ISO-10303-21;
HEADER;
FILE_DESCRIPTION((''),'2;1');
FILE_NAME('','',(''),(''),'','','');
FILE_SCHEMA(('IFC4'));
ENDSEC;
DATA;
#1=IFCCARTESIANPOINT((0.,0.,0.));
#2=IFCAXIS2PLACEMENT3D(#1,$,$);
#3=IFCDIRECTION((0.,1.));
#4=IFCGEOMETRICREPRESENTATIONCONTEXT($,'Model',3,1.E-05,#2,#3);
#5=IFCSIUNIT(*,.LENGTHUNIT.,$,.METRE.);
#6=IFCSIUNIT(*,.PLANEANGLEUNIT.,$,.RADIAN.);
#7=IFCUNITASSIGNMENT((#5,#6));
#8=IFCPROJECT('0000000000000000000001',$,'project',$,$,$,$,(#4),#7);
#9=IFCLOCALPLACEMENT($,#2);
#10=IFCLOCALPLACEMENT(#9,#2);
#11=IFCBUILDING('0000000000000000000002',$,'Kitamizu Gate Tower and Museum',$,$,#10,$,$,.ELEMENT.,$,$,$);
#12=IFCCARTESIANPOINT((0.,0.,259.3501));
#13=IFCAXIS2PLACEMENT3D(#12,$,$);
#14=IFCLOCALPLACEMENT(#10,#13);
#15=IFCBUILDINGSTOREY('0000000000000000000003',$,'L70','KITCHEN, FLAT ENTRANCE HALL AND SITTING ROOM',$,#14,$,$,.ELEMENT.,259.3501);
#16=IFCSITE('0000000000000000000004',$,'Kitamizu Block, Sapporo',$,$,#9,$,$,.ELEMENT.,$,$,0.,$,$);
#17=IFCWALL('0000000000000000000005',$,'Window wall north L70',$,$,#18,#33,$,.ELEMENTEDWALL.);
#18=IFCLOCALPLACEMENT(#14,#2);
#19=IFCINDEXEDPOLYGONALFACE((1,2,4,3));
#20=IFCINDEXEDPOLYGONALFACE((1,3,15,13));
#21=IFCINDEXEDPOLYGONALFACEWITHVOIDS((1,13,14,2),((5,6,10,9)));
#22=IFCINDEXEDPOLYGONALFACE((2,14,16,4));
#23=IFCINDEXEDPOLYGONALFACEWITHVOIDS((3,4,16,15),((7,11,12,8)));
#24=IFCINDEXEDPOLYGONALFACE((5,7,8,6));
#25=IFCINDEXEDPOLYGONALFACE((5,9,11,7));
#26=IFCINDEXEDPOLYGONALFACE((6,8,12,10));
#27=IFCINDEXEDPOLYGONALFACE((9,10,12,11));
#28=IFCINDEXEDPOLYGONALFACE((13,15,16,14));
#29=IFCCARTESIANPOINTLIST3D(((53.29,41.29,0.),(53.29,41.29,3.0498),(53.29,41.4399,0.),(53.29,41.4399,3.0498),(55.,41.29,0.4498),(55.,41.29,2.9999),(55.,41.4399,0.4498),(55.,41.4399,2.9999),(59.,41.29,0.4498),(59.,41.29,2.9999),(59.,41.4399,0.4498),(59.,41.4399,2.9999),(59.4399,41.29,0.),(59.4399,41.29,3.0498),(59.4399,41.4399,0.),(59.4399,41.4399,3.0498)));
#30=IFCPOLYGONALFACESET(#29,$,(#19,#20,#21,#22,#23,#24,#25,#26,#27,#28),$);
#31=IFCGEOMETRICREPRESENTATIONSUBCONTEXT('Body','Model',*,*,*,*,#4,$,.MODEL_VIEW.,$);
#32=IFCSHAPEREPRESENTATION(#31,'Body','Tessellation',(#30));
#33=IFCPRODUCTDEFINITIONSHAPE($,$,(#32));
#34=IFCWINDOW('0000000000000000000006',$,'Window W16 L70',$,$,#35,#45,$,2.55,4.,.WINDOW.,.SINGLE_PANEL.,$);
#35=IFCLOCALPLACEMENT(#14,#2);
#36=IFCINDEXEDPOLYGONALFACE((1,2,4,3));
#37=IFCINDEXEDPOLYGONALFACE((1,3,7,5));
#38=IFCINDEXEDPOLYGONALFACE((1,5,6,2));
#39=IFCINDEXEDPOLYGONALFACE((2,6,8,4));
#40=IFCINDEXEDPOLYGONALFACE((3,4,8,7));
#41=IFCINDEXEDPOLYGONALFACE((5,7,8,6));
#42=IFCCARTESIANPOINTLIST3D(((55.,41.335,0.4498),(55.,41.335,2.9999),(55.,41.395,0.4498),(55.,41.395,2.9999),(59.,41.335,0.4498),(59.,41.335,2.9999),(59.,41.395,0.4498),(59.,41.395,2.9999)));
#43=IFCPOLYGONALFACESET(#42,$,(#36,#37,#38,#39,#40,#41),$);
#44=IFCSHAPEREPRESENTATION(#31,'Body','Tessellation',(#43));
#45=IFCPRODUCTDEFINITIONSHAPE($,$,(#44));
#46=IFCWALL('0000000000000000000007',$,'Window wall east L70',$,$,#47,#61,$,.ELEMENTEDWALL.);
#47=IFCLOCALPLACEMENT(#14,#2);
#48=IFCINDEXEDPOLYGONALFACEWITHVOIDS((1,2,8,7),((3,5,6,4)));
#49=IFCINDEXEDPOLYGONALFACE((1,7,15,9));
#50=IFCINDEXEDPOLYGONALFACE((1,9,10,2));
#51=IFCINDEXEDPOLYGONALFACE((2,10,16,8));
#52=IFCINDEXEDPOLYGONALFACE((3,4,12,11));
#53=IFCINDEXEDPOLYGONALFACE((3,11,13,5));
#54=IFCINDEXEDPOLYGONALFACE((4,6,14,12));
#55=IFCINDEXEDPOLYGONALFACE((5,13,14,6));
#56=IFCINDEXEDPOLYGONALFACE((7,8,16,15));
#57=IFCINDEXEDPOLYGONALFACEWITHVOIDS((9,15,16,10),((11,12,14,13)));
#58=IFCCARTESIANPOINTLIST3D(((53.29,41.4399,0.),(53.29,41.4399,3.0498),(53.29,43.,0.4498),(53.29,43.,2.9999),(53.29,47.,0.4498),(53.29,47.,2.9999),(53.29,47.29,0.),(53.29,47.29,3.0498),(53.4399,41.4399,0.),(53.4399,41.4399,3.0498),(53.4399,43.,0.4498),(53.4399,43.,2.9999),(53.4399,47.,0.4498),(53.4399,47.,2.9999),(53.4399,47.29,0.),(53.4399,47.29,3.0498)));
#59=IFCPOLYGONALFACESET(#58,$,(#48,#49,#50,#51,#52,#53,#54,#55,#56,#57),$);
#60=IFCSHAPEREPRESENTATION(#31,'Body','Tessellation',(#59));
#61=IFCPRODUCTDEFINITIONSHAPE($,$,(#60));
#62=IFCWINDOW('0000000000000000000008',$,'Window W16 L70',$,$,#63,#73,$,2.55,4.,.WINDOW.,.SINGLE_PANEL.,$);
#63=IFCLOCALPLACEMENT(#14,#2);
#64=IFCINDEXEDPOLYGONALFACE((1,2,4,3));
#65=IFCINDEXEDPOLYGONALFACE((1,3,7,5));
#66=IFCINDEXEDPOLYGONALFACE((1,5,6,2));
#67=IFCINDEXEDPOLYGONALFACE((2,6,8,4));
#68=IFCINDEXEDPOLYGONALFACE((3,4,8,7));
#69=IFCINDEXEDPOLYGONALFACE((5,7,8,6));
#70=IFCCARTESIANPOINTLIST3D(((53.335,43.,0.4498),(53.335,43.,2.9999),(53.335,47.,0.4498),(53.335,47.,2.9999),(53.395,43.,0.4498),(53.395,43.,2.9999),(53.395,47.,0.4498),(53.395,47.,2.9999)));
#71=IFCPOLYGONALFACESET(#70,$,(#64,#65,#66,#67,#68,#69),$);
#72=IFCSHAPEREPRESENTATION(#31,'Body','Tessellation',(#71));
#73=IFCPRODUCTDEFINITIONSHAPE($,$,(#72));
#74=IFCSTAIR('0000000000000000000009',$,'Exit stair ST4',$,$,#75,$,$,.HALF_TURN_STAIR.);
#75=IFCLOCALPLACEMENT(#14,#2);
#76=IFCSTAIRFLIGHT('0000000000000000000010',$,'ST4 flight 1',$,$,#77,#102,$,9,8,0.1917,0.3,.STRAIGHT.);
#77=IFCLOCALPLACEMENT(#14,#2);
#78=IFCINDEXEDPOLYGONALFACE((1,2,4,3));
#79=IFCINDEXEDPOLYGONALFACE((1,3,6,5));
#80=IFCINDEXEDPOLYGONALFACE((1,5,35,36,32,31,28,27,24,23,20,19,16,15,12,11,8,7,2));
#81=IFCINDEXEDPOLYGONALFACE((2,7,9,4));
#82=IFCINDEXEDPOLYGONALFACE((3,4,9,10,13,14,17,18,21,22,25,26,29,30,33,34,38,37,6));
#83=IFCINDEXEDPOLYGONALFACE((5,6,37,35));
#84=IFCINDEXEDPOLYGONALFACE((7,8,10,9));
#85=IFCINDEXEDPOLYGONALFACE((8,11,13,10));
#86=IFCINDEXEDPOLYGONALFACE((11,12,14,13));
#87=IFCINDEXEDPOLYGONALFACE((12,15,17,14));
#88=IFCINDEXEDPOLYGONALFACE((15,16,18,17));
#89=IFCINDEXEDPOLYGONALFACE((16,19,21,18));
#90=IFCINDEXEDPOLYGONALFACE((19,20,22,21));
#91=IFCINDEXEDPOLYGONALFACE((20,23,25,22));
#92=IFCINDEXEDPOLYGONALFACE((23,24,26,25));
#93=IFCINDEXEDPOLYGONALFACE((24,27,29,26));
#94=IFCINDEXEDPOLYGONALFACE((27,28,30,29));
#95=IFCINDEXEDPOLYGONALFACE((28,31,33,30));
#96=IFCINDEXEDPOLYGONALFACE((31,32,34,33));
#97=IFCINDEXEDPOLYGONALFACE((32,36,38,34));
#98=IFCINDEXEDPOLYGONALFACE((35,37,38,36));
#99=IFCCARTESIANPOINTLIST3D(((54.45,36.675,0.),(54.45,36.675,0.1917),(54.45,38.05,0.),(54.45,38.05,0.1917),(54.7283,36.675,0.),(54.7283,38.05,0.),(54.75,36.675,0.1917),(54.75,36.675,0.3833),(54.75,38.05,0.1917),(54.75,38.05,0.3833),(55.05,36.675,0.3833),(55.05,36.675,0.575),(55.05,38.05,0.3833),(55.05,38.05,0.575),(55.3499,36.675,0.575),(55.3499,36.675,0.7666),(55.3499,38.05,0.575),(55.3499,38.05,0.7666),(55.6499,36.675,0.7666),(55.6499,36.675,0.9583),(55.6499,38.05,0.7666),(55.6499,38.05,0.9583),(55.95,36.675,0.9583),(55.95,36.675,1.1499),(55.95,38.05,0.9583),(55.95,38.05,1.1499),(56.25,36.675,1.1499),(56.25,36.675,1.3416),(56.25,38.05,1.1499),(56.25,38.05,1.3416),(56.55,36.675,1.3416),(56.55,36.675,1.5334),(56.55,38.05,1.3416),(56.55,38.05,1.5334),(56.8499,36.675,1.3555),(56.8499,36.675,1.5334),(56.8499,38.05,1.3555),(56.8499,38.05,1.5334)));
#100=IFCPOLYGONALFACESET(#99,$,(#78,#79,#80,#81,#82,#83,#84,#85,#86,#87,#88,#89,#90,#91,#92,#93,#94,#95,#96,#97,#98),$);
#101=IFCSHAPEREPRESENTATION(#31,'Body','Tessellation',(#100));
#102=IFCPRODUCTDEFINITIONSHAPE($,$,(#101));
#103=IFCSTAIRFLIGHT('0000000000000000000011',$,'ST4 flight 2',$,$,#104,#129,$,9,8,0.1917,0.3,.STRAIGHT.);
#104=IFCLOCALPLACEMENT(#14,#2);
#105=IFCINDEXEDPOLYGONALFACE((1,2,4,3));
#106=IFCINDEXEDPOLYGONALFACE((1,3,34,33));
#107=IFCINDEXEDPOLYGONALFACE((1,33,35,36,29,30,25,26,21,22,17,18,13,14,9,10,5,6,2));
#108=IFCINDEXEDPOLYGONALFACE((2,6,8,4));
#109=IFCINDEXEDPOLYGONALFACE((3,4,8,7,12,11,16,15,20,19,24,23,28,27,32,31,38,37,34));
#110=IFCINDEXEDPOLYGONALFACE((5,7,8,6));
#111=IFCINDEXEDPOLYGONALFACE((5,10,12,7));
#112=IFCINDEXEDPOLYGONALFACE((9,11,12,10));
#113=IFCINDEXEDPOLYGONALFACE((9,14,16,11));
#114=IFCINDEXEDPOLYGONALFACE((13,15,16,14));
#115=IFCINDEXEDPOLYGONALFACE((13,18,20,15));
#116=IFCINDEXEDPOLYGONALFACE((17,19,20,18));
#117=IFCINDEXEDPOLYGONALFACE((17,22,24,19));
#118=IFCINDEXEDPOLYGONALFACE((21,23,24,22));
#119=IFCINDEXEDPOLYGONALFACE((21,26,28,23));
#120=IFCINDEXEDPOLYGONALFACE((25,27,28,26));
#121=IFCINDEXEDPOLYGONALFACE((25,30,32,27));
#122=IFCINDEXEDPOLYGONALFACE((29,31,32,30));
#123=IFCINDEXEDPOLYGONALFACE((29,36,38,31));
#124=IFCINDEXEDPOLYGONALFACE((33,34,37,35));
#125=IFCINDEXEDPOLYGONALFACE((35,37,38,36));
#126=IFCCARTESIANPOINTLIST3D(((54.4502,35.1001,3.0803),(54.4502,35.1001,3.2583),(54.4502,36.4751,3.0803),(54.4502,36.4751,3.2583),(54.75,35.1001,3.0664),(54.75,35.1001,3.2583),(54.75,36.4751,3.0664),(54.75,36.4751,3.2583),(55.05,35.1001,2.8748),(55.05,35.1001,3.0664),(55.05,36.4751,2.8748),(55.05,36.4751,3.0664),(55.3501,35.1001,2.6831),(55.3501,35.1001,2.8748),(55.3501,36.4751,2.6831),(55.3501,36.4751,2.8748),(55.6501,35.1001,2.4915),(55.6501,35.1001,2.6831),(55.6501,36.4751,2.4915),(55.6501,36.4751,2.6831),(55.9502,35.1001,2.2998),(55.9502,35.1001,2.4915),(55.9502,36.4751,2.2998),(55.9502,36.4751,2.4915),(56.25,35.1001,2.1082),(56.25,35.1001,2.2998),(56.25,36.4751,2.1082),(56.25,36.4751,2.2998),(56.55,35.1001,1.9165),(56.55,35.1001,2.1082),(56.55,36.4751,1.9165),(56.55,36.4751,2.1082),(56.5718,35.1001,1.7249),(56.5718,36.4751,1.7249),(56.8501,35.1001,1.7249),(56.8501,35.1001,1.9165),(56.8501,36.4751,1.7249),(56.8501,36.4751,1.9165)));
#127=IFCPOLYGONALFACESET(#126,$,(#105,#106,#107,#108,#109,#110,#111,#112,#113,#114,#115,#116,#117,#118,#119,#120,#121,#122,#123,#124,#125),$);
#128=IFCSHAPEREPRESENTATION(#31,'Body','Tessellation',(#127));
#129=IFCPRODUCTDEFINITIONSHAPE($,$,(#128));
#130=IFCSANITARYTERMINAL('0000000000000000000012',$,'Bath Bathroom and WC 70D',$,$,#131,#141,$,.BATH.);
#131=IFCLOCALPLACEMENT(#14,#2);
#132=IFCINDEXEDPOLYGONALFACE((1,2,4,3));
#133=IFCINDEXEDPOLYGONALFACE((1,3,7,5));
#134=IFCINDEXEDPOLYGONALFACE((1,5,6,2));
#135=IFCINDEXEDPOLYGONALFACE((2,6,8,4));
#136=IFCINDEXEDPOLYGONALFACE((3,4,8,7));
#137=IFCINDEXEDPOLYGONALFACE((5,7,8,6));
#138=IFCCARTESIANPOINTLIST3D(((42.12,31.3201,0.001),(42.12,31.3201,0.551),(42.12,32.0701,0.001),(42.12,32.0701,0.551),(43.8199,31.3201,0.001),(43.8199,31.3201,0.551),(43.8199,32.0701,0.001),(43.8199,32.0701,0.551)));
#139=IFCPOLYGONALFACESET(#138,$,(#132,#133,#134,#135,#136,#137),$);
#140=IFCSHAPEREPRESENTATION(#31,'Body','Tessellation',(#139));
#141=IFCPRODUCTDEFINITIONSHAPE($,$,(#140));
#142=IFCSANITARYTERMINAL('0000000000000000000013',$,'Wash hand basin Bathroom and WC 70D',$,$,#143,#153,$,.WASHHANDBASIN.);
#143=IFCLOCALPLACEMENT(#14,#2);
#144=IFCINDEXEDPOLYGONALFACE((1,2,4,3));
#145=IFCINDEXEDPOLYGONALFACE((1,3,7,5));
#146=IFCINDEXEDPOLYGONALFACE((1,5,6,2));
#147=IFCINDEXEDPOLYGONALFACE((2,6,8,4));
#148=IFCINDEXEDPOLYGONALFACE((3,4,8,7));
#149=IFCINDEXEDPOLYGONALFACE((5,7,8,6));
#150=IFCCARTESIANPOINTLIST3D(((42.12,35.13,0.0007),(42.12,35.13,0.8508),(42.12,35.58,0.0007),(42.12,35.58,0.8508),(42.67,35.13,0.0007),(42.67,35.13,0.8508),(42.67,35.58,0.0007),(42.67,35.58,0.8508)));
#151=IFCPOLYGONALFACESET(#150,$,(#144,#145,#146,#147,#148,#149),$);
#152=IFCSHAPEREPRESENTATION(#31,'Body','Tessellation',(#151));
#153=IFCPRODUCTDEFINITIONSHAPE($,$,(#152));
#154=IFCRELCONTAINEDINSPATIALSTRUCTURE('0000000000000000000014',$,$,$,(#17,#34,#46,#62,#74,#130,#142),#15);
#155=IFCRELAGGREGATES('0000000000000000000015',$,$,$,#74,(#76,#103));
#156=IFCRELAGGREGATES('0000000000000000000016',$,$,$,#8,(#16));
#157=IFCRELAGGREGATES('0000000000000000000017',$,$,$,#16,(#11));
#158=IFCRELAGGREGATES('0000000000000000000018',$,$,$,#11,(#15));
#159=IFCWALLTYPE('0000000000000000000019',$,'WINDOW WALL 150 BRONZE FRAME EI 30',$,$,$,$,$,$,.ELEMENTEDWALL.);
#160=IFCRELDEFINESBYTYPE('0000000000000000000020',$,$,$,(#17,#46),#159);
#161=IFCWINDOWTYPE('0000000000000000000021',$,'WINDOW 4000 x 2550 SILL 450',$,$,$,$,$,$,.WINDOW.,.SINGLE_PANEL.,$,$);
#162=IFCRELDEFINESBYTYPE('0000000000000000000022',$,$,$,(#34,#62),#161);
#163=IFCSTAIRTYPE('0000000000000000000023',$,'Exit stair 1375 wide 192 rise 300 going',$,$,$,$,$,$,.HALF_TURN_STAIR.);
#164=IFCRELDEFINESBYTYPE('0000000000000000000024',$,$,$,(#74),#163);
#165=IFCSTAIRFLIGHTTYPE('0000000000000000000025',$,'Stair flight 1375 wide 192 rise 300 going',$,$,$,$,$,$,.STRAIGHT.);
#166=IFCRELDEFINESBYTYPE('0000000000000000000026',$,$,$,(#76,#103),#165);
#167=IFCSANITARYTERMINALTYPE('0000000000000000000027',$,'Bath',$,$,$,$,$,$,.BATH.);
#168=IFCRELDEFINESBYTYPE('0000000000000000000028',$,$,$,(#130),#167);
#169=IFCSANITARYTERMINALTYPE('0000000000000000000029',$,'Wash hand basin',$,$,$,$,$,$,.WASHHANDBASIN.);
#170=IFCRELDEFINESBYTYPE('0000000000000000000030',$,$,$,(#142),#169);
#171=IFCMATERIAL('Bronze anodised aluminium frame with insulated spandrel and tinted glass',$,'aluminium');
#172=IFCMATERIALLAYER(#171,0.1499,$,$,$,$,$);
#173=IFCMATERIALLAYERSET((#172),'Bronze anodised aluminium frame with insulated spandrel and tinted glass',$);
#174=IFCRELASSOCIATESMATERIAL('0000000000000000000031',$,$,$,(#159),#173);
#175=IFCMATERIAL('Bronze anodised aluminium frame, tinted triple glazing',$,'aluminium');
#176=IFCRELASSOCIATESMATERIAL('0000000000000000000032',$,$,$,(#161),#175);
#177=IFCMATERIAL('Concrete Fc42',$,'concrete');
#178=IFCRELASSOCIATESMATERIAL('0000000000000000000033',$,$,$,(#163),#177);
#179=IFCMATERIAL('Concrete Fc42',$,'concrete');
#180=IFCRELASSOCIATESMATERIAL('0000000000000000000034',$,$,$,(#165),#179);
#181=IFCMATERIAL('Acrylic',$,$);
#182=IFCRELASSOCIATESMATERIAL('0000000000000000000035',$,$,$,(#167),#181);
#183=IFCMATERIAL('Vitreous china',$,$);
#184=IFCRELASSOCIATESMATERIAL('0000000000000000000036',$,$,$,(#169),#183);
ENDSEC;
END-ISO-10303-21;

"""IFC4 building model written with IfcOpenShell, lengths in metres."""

from ifc_helpers import new_model, si_unit, direction, frame, frame_2d, origin, origin_2d, place, context, subcontext, project, spatial, polyline, rectangle, outline, extrude, material, layer, layer_set, type_object, element, fill, aggregate, save


model = new_model("IFC4")

# Units and contexts
model_context = context("Model", 3, precision=1e-05, world=origin(), true_north=direction((0.0, 1.0)))
body_context = subcontext(model_context, "Body", "Model", "MODEL_VIEW")
ifc_project = project(units=[si_unit("LENGTHUNIT", "METRE"), si_unit("PLANEANGLEUNIT", "RADIAN")], contexts=[model_context])

# Site, building, storey
site_placement = place(None, origin())
site = spatial("IfcSite", under=ifc_project, at=site_placement, Name="Kitamizu Block, Sapporo", CompositionType="ELEMENT", RefElevation=0.0)
building_placement = place(site_placement, origin())
building = spatial("IfcBuilding", under=site, at=building_placement, Name="Kitamizu Gate Tower and Museum", CompositionType="ELEMENT")
storey_placement = place(building_placement, frame((0.0, 0.0, 259.3501)))
storey = spatial("IfcBuildingStorey", under=building, at=storey_placement, Name="L70", Description="KITCHEN, FLAT ENTRANCE HALL AND SITTING ROOM", CompositionType="ELEMENT", Elevation=259.3501)

# Shared definitions
ifc_material_1 = material(Name="Bronze anodised aluminium frame with insulated spandrel and tinted glass", Category="aluminium")
ifc_layer_1 = layer(ifc_material_1, 0.1499)
ifc_layer_set_1 = layer_set([ifc_layer_1], Name="Bronze anodised aluminium frame with insulated spandrel and tinted glass")
wall_type_1 = type_object("IfcWallType", Name="WINDOW WALL 150 BRONZE FRAME EI 30", PredefinedType="ELEMENTEDWALL", material=ifc_layer_set_1)

# Walls, openings, windows
wall_1_placement = place(storey_placement, frame((53.29, 41.365, 0.0), z_axis=(0.0, 0.0, 1.0), x_axis=(1.0, 0.0, 0.0)))
wall_1 = element("IfcWall", 1, at=wall_1_placement, inside=storey, type_object=wall_type_1, Name="Window wall north L70", PredefinedType="ELEMENTEDWALL", context=body_context, shape_type="SweptSolid", body=[
    extrude(rectangle(XDim=6.1499, YDim=0.1499, at=frame_2d((3.075, 0.0))), origin(), (0.0, 0.0, 1.0), 3.0498),
])
opening_1_placement = place(wall_1_placement, frame((1.71, 0.0, 0.45)))
opening_1 = element("IfcOpeningElement", 2, at=opening_1_placement, cuts=wall_1, PredefinedType="OPENING", context=body_context, shape_type="SweptSolid", body=[
    extrude(rectangle(XDim=4.0, YDim=2.55, at=frame_2d((2.0, 1.2749))), frame((0.0, 0.085, 0.0), z_axis=(0.0, -1.0, 0.0), x_axis=(1.0, 0.0, 0.0)), (0.0, 0.0, 1.0), 0.1699),
])
ifc_material_2 = material(Name="Bronze anodised aluminium frame, tinted triple glazing", Category="aluminium")
window_type = type_object("IfcWindowType", Name="WINDOW 4000 x 2550 SILL 450", PartitioningType="SINGLE_PANEL", PredefinedType="WINDOW", material=ifc_material_2)
window_1_placement = place(opening_1_placement, origin())
window_1 = element("IfcWindow", 3, at=window_1_placement, inside=storey, type_object=window_type, Name="Window W16 L70", OverallHeight=2.55, OverallWidth=4.0, PartitioningType="SINGLE_PANEL", PredefinedType="WINDOW", context=body_context, shape_type="SweptSolid", body=[
    extrude(rectangle(XDim=4.0, YDim=2.55, at=frame_2d((2.0, 1.2749))), frame((0.0, 0.03, 0.0), z_axis=(0.0, -1.0, 0.0), x_axis=(1.0, 0.0, 0.0)), (0.0, 0.0, 1.0), 0.0601),
])
fill(opening_1, window_1)
wall_2_placement = place(storey_placement, frame((53.365, 41.4399, 0.0), z_axis=(0.0, 0.0, 1.0), x_axis=(0.0, 1.0, 0.0)))
wall_2 = element("IfcWall", 4, at=wall_2_placement, inside=storey, type_object=wall_type_1, Name="Window wall east L70", PredefinedType="ELEMENTEDWALL", context=body_context, shape_type="SweptSolid", body=[
    extrude(rectangle(XDim=5.8501, YDim=0.1499, at=frame_2d((2.925, 0.0))), origin(), (0.0, 0.0, 1.0), 3.0498),
])
opening_2_placement = place(wall_2_placement, frame((1.5601, 0.0, 0.45)))
opening_2 = element("IfcOpeningElement", 5, at=opening_2_placement, cuts=wall_2, PredefinedType="OPENING", context=body_context, shape_type="SweptSolid", body=[
    extrude(rectangle(XDim=4.0, YDim=2.55, at=frame_2d((2.0, 1.2749))), frame((0.0, 0.085, 0.0), z_axis=(0.0, -1.0, 0.0), x_axis=(1.0, 0.0, 0.0)), (0.0, 0.0, 1.0), 0.1699),
])
window_2_placement = place(opening_2_placement, origin())
window_2 = element("IfcWindow", 6, at=window_2_placement, inside=storey, type_object=window_type, Name="Window W16 L70", OverallHeight=2.55, OverallWidth=4.0, PartitioningType="SINGLE_PANEL", PredefinedType="WINDOW", context=body_context, shape_type="SweptSolid", body=[
    extrude(rectangle(XDim=4.0, YDim=2.55, at=frame_2d((2.0, 1.2749))), frame((0.0, 0.03, 0.0), z_axis=(0.0, -1.0, 0.0), x_axis=(1.0, 0.0, 0.0)), (0.0, 0.0, 1.0), 0.0601),
])
fill(opening_2, window_2)

# Stair, stair flights
ifc_material_3 = material(Name="Concrete Fc42", Category="concrete")
stair_type = type_object("IfcStairType", Name="Exit stair 1375 wide 192 rise 300 going", PredefinedType="HALF_TURN_STAIR", material=ifc_material_3)
stair_placement = place(storey_placement, origin())
stair = element("IfcStair", 7, at=stair_placement, inside=storey, type_object=stair_type, Name="Exit stair ST4", PredefinedType="HALF_TURN_STAIR")
ifc_material_4 = material(Name="Concrete Fc42", Category="concrete")
stair_flight_type = type_object("IfcStairFlightType", Name="Stair flight 1375 wide 192 rise 300 going", PredefinedType="STRAIGHT", material=ifc_material_4)
stair_flight_1_placement = place(storey_placement, frame((54.45, 37.3625, 0.0), z_axis=(0.0, 0.0, 1.0), x_axis=(1.0, 0.0, 0.0)))
stair_flight_1 = element("IfcStairFlight", 8, at=stair_flight_1_placement, type_object=stair_flight_type, Name="ST4 flight 1", NumberOfRisers=9, NumberOfTreads=8, PredefinedType="STRAIGHT", RiserHeight=0.1917, TreadLength=0.3, context=body_context, shape_type="SweptSolid", body=[
    extrude(outline(polyline([(0.0, 0.0), (0.0, 0.1917), (0.3, 0.1917), (0.3, 0.3833), (0.6001, 0.3833), (0.6001, 0.575), (0.8999, 0.575), (0.8999, 0.7666), (1.2, 0.7666), (1.2, 0.9583), (1.5, 0.9583), (1.5, 1.1499), (1.8, 1.1499), (1.8, 1.3416), (2.1001, 1.3416), (2.1001, 1.5334), (2.3999, 1.5334), (2.3999, 1.7251), (2.3999, 1.3555), (0.2783, 0.0), (0.0, 0.0)])), frame((0.0, 0.6875, 0.0), z_axis=(0.0, -1.0, 0.0), x_axis=(1.0, 0.0, 0.0)), (0.0, 0.0, 1.0), 1.375),
])
stair_flight_2_placement = place(storey_placement, frame((56.8501, 35.7876, 1.7249), z_axis=(0.0, 0.0, 1.0), x_axis=(-1.0, 0.0, 0.0)))
stair_flight_2 = element("IfcStairFlight", 9, at=stair_flight_2_placement, type_object=stair_flight_type, Name="ST4 flight 2", NumberOfRisers=9, NumberOfTreads=8, PredefinedType="STRAIGHT", RiserHeight=0.1917, TreadLength=0.3, context=body_context, shape_type="SweptSolid", body=[
    extrude(outline(polyline([(0.0, 0.0), (0.0, 0.1917), (0.3, 0.1917), (0.3, 0.3833), (0.6001, 0.3833), (0.6001, 0.575), (0.8999, 0.575), (0.8999, 0.7666), (1.2, 0.7666), (1.2, 0.9583), (1.5, 0.9583), (1.5, 1.1499), (1.8, 1.1499), (1.8, 1.3416), (2.1001, 1.3416), (2.1001, 1.5334), (2.3999, 1.5334), (2.3999, 1.7251), (2.3999, 1.3555), (0.2783, 0.0), (0.0, 0.0)])), frame((0.0, 0.6875, 0.0), z_axis=(0.0, -1.0, 0.0), x_axis=(1.0, 0.0, 0.0)), (0.0, 0.0, 1.0), 1.375),
])
aggregate(stair, [stair_flight_1, stair_flight_2])

# Sanitary terminals
ifc_material_5 = material(Name="Acrylic")
sanitary_terminal_type_1 = type_object("IfcSanitaryTerminalType", Name="Bath", PredefinedType="BATH", material=ifc_material_5)
sanitary_terminal_1_placement = place(storey_placement, frame((42.97, 31.6951, 0.001), z_axis=(0.0, 0.0, 1.0), x_axis=(1.0, 0.0, 0.0)))
element("IfcSanitaryTerminal", 10, at=sanitary_terminal_1_placement, inside=storey, type_object=sanitary_terminal_type_1, Name="Bath Bathroom and WC 70D", PredefinedType="BATH", context=body_context, shape_type="SweptSolid", body=[
    extrude(rectangle(XDim=1.7, YDim=0.75, at=origin_2d()), origin(), (0.0, 0.0, 1.0), 0.55),
])
ifc_material_6 = material(Name="Vitreous china")
sanitary_terminal_type_2 = type_object("IfcSanitaryTerminalType", Name="Wash hand basin", PredefinedType="WASHHANDBASIN", material=ifc_material_6)
sanitary_terminal_2_placement = place(storey_placement, frame((42.395, 35.355, 0.0007), z_axis=(0.0, 0.0, 1.0), x_axis=(1.0, 0.0, 0.0)))
element("IfcSanitaryTerminal", 11, at=sanitary_terminal_2_placement, inside=storey, type_object=sanitary_terminal_type_2, Name="Wash hand basin Bathroom and WC 70D", PredefinedType="WASHHANDBASIN", context=body_context, shape_type="SweptSolid", body=[
    extrude(rectangle(XDim=0.55, YDim=0.45, at=origin_2d()), origin(), (0.0, 0.0, 1.0), 0.8501),
])

save(model, "model.ifc")
